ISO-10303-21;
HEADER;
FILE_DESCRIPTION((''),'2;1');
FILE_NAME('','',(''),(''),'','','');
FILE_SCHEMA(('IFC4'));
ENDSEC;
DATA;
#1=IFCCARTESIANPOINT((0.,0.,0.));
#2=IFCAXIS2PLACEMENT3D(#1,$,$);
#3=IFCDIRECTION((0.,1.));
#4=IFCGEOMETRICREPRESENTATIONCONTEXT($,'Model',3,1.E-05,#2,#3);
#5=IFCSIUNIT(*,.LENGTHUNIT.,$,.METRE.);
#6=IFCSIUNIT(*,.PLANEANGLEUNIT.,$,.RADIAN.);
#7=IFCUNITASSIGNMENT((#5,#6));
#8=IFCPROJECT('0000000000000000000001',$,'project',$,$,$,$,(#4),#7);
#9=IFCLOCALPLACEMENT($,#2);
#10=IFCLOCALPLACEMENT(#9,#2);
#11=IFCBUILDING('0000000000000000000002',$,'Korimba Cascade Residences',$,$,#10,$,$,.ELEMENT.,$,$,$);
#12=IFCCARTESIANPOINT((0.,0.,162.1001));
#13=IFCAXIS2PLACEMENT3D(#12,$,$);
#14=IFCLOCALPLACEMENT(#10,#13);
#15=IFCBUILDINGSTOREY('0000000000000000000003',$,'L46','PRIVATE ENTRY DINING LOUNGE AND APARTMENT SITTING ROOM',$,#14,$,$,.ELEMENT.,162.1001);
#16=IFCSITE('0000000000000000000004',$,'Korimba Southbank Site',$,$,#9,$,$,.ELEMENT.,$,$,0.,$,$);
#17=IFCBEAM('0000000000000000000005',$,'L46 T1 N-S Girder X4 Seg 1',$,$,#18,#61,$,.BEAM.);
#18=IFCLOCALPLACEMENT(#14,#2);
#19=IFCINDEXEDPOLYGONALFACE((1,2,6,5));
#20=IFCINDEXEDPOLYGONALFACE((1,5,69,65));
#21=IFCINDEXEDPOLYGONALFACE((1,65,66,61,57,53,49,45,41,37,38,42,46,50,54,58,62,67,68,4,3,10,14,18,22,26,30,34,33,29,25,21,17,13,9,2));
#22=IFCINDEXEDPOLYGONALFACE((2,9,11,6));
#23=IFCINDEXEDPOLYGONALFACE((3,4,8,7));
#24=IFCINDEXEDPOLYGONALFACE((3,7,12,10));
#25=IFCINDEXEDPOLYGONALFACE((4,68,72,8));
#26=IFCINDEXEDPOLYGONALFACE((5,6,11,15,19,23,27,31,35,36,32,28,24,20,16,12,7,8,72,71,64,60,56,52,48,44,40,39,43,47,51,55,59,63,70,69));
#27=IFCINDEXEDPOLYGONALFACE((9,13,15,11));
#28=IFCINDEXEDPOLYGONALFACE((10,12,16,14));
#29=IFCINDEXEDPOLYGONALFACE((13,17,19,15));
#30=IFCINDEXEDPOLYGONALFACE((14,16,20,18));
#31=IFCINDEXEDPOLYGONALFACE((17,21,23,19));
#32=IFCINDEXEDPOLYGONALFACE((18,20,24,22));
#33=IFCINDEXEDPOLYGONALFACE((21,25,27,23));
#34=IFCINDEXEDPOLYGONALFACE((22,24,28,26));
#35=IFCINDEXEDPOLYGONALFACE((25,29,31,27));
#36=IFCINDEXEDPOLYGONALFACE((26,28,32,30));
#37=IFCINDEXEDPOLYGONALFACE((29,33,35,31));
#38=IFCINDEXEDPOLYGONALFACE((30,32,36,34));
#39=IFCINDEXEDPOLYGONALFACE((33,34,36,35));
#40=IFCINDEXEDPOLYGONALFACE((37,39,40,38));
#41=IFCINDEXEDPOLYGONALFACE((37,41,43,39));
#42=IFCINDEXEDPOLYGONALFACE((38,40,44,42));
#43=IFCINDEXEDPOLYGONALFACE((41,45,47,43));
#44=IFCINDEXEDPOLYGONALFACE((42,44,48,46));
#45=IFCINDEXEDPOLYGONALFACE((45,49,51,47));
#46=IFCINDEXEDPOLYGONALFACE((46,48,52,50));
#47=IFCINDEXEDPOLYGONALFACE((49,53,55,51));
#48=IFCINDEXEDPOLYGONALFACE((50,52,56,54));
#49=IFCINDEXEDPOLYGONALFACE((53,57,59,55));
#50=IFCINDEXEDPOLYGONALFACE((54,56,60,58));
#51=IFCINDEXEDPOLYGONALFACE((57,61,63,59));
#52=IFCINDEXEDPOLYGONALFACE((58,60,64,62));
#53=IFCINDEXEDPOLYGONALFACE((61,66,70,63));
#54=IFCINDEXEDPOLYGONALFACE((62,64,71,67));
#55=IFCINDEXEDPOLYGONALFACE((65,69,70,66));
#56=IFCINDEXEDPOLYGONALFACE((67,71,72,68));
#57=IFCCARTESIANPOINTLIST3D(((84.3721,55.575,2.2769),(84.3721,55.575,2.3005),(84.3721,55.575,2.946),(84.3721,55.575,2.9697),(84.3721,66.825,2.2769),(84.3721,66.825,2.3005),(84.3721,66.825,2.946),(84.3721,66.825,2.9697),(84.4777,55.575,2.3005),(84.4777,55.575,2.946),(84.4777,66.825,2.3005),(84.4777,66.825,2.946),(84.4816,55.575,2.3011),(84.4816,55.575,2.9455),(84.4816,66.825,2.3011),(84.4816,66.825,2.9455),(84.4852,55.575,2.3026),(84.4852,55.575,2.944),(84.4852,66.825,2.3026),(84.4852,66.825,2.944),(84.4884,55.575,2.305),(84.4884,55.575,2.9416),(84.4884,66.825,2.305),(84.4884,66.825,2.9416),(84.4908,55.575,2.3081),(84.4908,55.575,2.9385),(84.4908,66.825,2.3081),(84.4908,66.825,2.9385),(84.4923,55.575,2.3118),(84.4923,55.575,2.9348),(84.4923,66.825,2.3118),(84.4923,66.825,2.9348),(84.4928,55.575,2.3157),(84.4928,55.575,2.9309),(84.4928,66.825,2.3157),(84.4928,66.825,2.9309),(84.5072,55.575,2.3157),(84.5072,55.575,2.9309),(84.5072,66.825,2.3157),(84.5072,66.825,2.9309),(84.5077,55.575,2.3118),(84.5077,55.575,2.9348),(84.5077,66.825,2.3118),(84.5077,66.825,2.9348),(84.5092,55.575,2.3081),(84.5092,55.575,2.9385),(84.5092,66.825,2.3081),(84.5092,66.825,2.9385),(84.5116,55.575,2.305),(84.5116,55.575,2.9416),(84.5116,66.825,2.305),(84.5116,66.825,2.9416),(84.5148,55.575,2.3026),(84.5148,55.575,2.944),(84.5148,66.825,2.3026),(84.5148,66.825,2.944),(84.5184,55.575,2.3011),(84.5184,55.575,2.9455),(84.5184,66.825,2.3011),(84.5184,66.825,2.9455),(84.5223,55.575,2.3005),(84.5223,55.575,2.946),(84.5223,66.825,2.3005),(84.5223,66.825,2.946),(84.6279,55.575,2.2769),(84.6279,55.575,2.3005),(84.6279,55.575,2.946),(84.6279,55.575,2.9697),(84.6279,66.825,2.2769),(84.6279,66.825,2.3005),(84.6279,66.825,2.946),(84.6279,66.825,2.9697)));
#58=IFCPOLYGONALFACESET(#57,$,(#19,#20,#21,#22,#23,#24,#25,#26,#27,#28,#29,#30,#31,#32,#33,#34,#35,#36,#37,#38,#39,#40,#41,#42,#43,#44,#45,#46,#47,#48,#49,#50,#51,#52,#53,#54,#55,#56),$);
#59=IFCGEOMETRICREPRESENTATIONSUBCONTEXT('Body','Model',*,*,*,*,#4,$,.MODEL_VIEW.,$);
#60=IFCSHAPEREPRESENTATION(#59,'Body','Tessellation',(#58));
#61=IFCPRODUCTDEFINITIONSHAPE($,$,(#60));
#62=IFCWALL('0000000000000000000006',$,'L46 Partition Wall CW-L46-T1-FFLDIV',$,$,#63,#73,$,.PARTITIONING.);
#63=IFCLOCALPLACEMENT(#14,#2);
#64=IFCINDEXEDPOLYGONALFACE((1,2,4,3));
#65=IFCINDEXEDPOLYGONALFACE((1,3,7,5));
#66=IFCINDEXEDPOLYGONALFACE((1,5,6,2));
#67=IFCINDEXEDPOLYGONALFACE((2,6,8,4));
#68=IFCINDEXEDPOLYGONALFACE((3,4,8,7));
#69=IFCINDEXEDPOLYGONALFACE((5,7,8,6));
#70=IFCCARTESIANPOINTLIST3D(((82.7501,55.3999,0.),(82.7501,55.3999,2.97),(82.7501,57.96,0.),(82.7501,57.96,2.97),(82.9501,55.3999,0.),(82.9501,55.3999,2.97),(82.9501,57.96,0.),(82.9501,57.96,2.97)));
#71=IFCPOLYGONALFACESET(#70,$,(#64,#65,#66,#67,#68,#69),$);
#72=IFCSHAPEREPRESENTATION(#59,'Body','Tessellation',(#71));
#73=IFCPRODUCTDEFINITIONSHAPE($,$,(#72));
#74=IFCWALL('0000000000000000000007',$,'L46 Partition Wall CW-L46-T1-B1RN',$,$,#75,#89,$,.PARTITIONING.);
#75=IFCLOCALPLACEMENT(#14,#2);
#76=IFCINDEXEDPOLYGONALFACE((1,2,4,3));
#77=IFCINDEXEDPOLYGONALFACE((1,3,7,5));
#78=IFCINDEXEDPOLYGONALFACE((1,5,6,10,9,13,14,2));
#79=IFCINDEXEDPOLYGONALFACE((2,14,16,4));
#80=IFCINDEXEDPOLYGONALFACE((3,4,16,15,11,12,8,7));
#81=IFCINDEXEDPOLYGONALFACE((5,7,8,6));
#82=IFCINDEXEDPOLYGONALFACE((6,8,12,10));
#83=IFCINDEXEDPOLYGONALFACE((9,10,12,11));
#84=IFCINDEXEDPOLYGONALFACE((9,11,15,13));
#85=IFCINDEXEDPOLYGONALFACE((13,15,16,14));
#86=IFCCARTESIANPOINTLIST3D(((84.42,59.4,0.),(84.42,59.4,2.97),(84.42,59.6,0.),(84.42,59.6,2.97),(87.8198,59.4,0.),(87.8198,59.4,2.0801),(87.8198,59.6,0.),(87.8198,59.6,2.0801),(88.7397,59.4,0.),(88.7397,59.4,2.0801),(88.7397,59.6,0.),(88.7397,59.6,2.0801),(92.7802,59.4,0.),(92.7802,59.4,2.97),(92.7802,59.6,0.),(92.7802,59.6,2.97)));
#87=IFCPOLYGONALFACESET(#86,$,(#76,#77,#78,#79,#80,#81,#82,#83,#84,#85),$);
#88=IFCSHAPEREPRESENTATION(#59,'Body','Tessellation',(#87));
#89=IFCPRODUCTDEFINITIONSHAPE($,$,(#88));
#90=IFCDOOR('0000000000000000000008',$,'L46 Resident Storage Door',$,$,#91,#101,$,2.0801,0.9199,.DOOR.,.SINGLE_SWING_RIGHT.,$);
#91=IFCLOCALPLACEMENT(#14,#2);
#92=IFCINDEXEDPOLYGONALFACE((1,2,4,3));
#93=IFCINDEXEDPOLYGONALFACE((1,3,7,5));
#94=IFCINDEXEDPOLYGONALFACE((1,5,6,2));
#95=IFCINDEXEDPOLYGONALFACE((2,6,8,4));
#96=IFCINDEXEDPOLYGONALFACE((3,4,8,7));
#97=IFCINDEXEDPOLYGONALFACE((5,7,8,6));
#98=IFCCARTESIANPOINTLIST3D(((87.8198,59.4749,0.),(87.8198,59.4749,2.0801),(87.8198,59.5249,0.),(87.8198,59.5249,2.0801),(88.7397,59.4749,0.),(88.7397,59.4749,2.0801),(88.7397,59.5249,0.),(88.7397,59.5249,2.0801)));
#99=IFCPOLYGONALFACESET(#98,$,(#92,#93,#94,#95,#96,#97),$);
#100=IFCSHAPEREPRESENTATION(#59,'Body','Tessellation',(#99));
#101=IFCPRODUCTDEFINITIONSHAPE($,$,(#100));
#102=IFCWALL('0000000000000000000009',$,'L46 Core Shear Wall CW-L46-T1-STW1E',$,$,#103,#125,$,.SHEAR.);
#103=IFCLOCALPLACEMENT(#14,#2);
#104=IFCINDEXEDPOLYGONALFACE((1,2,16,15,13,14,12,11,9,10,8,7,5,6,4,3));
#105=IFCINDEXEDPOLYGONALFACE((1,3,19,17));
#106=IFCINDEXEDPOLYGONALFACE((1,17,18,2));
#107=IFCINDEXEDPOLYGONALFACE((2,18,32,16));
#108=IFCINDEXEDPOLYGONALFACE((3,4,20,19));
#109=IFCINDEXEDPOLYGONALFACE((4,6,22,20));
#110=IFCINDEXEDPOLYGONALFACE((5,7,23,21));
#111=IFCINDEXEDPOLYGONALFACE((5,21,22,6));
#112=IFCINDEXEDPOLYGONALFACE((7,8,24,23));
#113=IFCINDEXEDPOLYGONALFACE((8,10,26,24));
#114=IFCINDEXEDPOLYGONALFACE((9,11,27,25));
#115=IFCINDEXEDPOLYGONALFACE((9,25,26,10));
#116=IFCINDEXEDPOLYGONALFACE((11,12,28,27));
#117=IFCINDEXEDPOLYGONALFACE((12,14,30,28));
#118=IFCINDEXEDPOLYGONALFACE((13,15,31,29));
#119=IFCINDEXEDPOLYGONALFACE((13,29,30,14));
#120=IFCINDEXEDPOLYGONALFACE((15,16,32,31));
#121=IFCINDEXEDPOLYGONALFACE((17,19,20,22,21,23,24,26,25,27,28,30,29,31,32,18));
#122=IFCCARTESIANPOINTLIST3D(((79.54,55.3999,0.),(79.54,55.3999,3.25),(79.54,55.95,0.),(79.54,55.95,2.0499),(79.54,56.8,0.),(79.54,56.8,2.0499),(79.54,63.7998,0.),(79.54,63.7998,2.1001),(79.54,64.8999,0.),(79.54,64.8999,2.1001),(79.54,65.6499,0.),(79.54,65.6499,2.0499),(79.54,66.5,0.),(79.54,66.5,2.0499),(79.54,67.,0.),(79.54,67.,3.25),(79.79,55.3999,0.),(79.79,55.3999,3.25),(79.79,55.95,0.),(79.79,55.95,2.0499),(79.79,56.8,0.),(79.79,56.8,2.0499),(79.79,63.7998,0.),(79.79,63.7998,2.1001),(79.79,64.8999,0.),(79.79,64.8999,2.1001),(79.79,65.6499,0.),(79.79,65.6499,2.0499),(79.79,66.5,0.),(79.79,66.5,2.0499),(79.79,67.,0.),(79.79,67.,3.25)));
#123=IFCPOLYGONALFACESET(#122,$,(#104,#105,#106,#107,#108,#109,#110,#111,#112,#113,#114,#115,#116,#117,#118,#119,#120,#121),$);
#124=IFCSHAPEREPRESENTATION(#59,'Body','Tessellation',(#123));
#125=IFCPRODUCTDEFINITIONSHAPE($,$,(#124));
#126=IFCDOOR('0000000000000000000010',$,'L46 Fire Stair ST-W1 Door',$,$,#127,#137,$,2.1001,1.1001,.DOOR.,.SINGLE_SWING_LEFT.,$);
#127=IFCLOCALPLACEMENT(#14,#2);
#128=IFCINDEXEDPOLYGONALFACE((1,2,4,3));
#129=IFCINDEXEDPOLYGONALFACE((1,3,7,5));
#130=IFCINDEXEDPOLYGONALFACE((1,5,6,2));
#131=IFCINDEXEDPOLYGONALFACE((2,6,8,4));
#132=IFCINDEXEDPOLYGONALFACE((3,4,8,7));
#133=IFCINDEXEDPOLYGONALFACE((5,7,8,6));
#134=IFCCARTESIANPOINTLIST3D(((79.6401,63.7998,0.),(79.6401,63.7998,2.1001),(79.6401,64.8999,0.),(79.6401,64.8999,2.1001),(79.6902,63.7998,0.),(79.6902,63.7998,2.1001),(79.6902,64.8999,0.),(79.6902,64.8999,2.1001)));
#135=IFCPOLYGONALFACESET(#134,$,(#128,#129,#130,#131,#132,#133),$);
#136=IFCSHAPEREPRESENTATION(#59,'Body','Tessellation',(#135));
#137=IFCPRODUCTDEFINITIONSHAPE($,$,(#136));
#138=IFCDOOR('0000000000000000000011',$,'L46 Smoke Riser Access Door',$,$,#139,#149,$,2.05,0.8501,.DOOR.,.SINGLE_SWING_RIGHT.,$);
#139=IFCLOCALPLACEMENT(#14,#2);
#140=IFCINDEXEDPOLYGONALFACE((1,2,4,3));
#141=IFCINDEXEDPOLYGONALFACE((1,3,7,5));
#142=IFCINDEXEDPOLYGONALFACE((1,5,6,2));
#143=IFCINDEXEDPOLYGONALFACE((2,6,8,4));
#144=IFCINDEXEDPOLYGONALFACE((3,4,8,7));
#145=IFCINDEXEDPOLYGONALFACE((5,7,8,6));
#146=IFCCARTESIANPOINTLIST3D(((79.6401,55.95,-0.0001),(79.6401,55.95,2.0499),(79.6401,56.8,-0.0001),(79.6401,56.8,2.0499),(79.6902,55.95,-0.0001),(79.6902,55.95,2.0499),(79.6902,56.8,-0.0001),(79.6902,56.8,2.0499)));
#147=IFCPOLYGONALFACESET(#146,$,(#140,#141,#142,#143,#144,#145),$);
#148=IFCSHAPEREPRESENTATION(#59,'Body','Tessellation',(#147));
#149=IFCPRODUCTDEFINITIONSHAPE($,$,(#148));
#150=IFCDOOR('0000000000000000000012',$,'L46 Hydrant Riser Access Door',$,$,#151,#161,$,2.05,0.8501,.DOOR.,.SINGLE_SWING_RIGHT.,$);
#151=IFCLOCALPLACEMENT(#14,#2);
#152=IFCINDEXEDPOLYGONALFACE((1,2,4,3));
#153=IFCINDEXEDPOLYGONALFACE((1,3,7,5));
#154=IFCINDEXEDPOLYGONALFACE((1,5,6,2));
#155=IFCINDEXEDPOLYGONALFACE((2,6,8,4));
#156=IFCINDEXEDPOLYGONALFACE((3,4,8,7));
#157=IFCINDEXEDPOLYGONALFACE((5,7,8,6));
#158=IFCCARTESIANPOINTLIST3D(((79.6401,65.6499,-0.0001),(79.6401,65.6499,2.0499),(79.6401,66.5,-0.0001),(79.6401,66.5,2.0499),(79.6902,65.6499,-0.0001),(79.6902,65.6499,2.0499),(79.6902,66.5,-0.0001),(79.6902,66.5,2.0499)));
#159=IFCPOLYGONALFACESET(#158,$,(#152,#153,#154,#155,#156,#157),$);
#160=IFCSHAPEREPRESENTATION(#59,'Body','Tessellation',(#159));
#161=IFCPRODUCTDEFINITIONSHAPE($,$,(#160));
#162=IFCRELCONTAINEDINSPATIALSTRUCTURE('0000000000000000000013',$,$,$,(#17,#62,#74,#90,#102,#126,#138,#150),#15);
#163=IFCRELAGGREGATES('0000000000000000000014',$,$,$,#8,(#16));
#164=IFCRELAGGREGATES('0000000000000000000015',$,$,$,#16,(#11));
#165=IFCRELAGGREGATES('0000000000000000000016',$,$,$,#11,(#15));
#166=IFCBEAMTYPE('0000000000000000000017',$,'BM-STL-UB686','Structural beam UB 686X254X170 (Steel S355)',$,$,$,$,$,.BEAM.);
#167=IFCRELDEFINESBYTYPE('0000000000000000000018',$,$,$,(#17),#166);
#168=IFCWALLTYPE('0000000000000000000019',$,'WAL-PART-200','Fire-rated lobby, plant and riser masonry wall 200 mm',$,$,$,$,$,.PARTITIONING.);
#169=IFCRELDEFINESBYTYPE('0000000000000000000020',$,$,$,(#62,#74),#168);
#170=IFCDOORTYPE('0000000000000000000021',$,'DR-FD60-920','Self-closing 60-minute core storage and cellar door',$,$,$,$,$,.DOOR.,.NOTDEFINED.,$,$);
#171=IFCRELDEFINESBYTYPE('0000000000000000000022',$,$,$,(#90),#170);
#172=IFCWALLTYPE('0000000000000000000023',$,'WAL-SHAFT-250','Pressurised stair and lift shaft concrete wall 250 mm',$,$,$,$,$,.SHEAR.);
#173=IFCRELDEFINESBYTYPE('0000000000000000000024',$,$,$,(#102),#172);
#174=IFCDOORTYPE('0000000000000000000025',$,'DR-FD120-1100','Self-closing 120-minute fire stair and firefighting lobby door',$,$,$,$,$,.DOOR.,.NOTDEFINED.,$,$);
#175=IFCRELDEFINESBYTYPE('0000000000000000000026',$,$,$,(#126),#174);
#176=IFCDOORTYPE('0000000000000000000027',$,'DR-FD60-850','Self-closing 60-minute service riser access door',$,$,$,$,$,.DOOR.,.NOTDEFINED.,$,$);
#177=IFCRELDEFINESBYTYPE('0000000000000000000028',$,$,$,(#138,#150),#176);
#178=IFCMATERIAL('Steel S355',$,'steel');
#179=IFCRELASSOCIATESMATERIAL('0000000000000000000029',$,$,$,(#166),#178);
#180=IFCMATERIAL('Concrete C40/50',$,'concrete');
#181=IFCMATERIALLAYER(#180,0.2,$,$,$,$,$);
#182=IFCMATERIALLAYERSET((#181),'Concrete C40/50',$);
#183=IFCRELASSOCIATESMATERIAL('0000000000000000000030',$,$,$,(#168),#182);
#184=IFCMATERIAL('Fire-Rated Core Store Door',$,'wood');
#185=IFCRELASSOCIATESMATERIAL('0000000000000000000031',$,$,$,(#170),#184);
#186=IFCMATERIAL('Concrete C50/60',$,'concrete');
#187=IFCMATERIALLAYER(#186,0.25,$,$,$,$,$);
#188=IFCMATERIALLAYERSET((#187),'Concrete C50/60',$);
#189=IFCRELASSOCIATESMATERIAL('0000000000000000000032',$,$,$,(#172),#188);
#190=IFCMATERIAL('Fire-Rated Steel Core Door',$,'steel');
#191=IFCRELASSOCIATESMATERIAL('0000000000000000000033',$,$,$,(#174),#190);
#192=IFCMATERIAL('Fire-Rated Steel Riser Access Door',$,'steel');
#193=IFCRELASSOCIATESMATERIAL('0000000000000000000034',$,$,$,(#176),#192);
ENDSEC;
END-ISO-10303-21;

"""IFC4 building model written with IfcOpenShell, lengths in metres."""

from ifc_helpers import new_model, si_unit, direction, frame, frame_2d, origin, origin_2d, place, context, subcontext, project, spatial, rectangle, i_section, extrude, material, layer, layer_set, material_profile, profile_set, type_object, element, fill, save


model = new_model("IFC4")

# Units and contexts
model_context = context("Model", 3, precision=1e-05, world=origin(), true_north=direction((0.0, 1.0)))
body_context = subcontext(model_context, "Body", "Model", "MODEL_VIEW")
ifc_project = project(units=[si_unit("LENGTHUNIT", "METRE"), si_unit("PLANEANGLEUNIT", "RADIAN")], contexts=[model_context])

# Site, building, storey
site_placement = place(None, origin())
site = spatial("IfcSite", under=ifc_project, at=site_placement, Name="Korimba Southbank Site", CompositionType="ELEMENT", RefElevation=0.0)
building_placement = place(site_placement, origin())
building = spatial("IfcBuilding", under=site, at=building_placement, Name="Korimba Cascade Residences", CompositionType="ELEMENT")
storey_placement = place(building_placement, frame((0.0, 0.0, 162.1001)))
storey = spatial("IfcBuildingStorey", under=building, at=storey_placement, Name="L46", Description="PRIVATE ENTRY DINING LOUNGE AND APARTMENT SITTING ROOM", CompositionType="ELEMENT", Elevation=162.1001)

# Beam
ifc_material_1 = material(Name="Steel S355", Category="steel")
ifc_material_profile = material_profile(ifc_material_1, i_section(OverallWidth=0.2559, OverallDepth=0.6929, WebThickness=0.0144, FlangeThickness=0.0237, FilletRadius=0.0151, at=origin_2d()), Name="Steel S355")
ifc_profile_set = profile_set([ifc_material_profile], Name="Steel S355")
beam_type = type_object("IfcBeamType", Name="BM-STL-UB686", Description="Structural beam UB 686X254X170 (Steel S355)", PredefinedType="BEAM", material=ifc_profile_set)
beam_placement = place(storey_placement, frame((84.5, 55.575, 2.6233), z_axis=(0.0, 1.0, 0.0), x_axis=(-1.0, 0.0, 0.0)))
element("IfcBeam", 1, at=beam_placement, inside=storey, type_object=beam_type, Name="L46 T1 N-S Girder X4 Seg 1", PredefinedType="BEAM", context=body_context, shape_type="SweptSolid", body=[
    extrude(i_section(OverallWidth=0.2559, OverallDepth=0.6929, WebThickness=0.0144, FlangeThickness=0.0237, FilletRadius=0.0151, at=origin_2d()), origin(), (0.0, 0.0, 1.0), 11.25),
])

# Wall
ifc_material_2 = material(Name="Concrete C40/50", Category="concrete")
ifc_layer_1 = layer(ifc_material_2, 0.2)
ifc_layer_set_1 = layer_set([ifc_layer_1], Name="Concrete C40/50")
wall_type_1 = type_object("IfcWallType", Name="WAL-PART-200", Description="Fire-rated lobby, plant and riser masonry wall 200 mm", PredefinedType="PARTITIONING", material=ifc_layer_set_1)
wall_1_placement = place(storey_placement, frame((82.8501, 55.3999, 0.0), z_axis=(0.0, 0.0, 1.0), x_axis=(0.0, 1.0, 0.0)))
element("IfcWall", 2, at=wall_1_placement, inside=storey, type_object=wall_type_1, Name="L46 Partition Wall CW-L46-T1-FFLDIV", PredefinedType="PARTITIONING", context=body_context, shape_type="SweptSolid", body=[
    extrude(rectangle(XDim=2.5601, YDim=0.2, at=frame_2d((1.28, 0.0))), origin(), (0.0, 0.0, 1.0), 2.97),
])

# Wall, opening, door
wall_2_placement = place(storey_placement, frame((84.4199, 59.5, 0.0), z_axis=(0.0, 0.0, 1.0), x_axis=(1.0, 0.0, 0.0)))
wall_2 = element("IfcWall", 3, at=wall_2_placement, inside=storey, type_object=wall_type_1, Name="L46 Partition Wall CW-L46-T1-B1RN", PredefinedType="PARTITIONING", context=body_context, shape_type="SweptSolid", body=[
    extrude(rectangle(XDim=8.3601, YDim=0.2, at=frame_2d((4.1802, 0.0))), origin(), (0.0, 0.0, 1.0), 2.97),
])
opening_1_placement = place(wall_2_placement, frame((3.3999, 0.0, 0.0)))
opening_1 = element("IfcOpeningElement", 4, at=opening_1_placement, cuts=wall_2, PredefinedType="OPENING", context=body_context, shape_type="SweptSolid", body=[
    extrude(rectangle(XDim=0.9199, YDim=2.0801, at=frame_2d((0.46, 1.04))), frame((0.0, 0.1099, 0.0), z_axis=(0.0, -1.0, 0.0), x_axis=(1.0, 0.0, 0.0)), (0.0, 0.0, 1.0), 0.22),
])
ifc_material_3 = material(Name="Fire-Rated Core Store Door", Category="wood")
door_type_1 = type_object("IfcDoorType", Name="DR-FD60-920", Description="Self-closing 60-minute core storage and cellar door", OperationType="NOTDEFINED", PredefinedType="DOOR", material=ifc_material_3)
door_1_placement = place(opening_1_placement, origin())
door_1 = element("IfcDoor", 5, at=door_1_placement, inside=storey, type_object=door_type_1, Name="L46 Resident Storage Door", OperationType="SINGLE_SWING_RIGHT", OverallHeight=2.0801, OverallWidth=0.9199, PredefinedType="DOOR", context=body_context, shape_type="SweptSolid", body=[
    extrude(rectangle(XDim=0.9199, YDim=2.0801, at=frame_2d((0.46, 1.04))), frame((0.0, 0.0249, 0.0), z_axis=(0.0, -1.0, 0.0), x_axis=(1.0, 0.0, 0.0)), (0.0, 0.0, 1.0), 0.05),
])
fill(opening_1, door_1)

# Wall, openings, doors
ifc_material_4 = material(Name="Concrete C50/60", Category="concrete")
ifc_layer_2 = layer(ifc_material_4, 0.25)
ifc_layer_set_2 = layer_set([ifc_layer_2], Name="Concrete C50/60")
wall_type_2 = type_object("IfcWallType", Name="WAL-SHAFT-250", Description="Pressurised stair and lift shaft concrete wall 250 mm", PredefinedType="SHEAR", material=ifc_layer_set_2)
wall_3_placement = place(storey_placement, frame((79.665, 55.3999, 0.0), z_axis=(0.0, 0.0, 1.0), x_axis=(0.0, 1.0, 0.0)))
wall_3 = element("IfcWall", 6, at=wall_3_placement, inside=storey, type_object=wall_type_2, Name="L46 Core Shear Wall CW-L46-T1-STW1E", PredefinedType="SHEAR", context=body_context, shape_type="SweptSolid", body=[
    extrude(rectangle(XDim=11.6001, YDim=0.25, at=frame_2d((5.8, 0.0))), origin(), (0.0, 0.0, 1.0), 3.25),
])
opening_2_placement = place(wall_3_placement, frame((0.55, 0.0, 0.0)))
opening_2 = element("IfcOpeningElement", 7, at=opening_2_placement, cuts=wall_3, PredefinedType="OPENING", context=body_context, shape_type="SweptSolid", body=[
    extrude(rectangle(XDim=0.8501, YDim=2.05, at=frame_2d((0.425, 1.0249))), frame((0.0, 0.135, 0.0), z_axis=(0.0, -1.0, 0.0), x_axis=(1.0, 0.0, 0.0)), (0.0, 0.0, 1.0), 0.27),
])
opening_3_placement = place(wall_3_placement, frame((8.3999, 0.0, 0.0)))
opening_3 = element("IfcOpeningElement", 8, at=opening_3_placement, cuts=wall_3, PredefinedType="OPENING", context=body_context, shape_type="SweptSolid", body=[
    extrude(rectangle(XDim=1.1001, YDim=2.1001, at=frame_2d((0.55, 1.05))), frame((0.0, 0.135, 0.0), z_axis=(0.0, -1.0, 0.0), x_axis=(1.0, 0.0, 0.0)), (0.0, 0.0, 1.0), 0.27),
])
opening_4_placement = place(wall_3_placement, frame((10.25, 0.0, 0.0)))
opening_4 = element("IfcOpeningElement", 9, at=opening_4_placement, cuts=wall_3, PredefinedType="OPENING", context=body_context, shape_type="SweptSolid", body=[
    extrude(rectangle(XDim=0.8501, YDim=2.05, at=frame_2d((0.425, 1.0249))), frame((0.0, 0.135, 0.0), z_axis=(0.0, -1.0, 0.0), x_axis=(1.0, 0.0, 0.0)), (0.0, 0.0, 1.0), 0.27),
])
ifc_material_5 = material(Name="Fire-Rated Steel Core Door", Category="steel")
door_type_2 = type_object("IfcDoorType", Name="DR-FD120-1100", Description="Self-closing 120-minute fire stair and firefighting lobby door", OperationType="NOTDEFINED", PredefinedType="DOOR", material=ifc_material_5)
door_2_placement = place(opening_3_placement, origin())
door_2 = element("IfcDoor", 10, at=door_2_placement, inside=storey, type_object=door_type_2, Name="L46 Fire Stair ST-W1 Door", OperationType="SINGLE_SWING_LEFT", OverallHeight=2.1001, OverallWidth=1.1001, PredefinedType="DOOR", context=body_context, shape_type="SweptSolid", body=[
    extrude(rectangle(XDim=1.1001, YDim=2.1001, at=frame_2d((0.55, 1.05))), frame((0.0, 0.0249, 0.0), z_axis=(0.0, -1.0, 0.0), x_axis=(1.0, 0.0, 0.0)), (0.0, 0.0, 1.0), 0.05),
])
fill(opening_3, door_2)
ifc_material_6 = material(Name="Fire-Rated Steel Riser Access Door", Category="steel")
door_type_3 = type_object("IfcDoorType", Name="DR-FD60-850", Description="Self-closing 60-minute service riser access door", OperationType="NOTDEFINED", PredefinedType="DOOR", material=ifc_material_6)
door_3_placement = place(opening_2_placement, origin())
door_3 = element("IfcDoor", 11, at=door_3_placement, inside=storey, type_object=door_type_3, Name="L46 Smoke Riser Access Door", OperationType="SINGLE_SWING_RIGHT", OverallHeight=2.05, OverallWidth=0.8501, PredefinedType="DOOR", context=body_context, shape_type="SweptSolid", body=[
    extrude(rectangle(XDim=0.8501, YDim=2.05, at=frame_2d((0.425, 1.0249))), frame((0.0, 0.0249, 0.0), z_axis=(0.0, -1.0, 0.0), x_axis=(1.0, 0.0, 0.0)), (0.0, 0.0, 1.0), 0.05),
])
fill(opening_2, door_3)
door_4_placement = place(opening_4_placement, origin())
door_4 = element("IfcDoor", 12, at=door_4_placement, inside=storey, type_object=door_type_3, Name="L46 Hydrant Riser Access Door", OperationType="SINGLE_SWING_RIGHT", OverallHeight=2.05, OverallWidth=0.8501, PredefinedType="DOOR", context=body_context, shape_type="SweptSolid", body=[
    extrude(rectangle(XDim=0.8501, YDim=2.05, at=frame_2d((0.425, 1.0249))), frame((0.0, 0.0249, 0.0), z_axis=(0.0, -1.0, 0.0), x_axis=(1.0, 0.0, 0.0)), (0.0, 0.0, 1.0), 0.05),
])
fill(opening_4, door_4)

save(model, "model.ifc")
